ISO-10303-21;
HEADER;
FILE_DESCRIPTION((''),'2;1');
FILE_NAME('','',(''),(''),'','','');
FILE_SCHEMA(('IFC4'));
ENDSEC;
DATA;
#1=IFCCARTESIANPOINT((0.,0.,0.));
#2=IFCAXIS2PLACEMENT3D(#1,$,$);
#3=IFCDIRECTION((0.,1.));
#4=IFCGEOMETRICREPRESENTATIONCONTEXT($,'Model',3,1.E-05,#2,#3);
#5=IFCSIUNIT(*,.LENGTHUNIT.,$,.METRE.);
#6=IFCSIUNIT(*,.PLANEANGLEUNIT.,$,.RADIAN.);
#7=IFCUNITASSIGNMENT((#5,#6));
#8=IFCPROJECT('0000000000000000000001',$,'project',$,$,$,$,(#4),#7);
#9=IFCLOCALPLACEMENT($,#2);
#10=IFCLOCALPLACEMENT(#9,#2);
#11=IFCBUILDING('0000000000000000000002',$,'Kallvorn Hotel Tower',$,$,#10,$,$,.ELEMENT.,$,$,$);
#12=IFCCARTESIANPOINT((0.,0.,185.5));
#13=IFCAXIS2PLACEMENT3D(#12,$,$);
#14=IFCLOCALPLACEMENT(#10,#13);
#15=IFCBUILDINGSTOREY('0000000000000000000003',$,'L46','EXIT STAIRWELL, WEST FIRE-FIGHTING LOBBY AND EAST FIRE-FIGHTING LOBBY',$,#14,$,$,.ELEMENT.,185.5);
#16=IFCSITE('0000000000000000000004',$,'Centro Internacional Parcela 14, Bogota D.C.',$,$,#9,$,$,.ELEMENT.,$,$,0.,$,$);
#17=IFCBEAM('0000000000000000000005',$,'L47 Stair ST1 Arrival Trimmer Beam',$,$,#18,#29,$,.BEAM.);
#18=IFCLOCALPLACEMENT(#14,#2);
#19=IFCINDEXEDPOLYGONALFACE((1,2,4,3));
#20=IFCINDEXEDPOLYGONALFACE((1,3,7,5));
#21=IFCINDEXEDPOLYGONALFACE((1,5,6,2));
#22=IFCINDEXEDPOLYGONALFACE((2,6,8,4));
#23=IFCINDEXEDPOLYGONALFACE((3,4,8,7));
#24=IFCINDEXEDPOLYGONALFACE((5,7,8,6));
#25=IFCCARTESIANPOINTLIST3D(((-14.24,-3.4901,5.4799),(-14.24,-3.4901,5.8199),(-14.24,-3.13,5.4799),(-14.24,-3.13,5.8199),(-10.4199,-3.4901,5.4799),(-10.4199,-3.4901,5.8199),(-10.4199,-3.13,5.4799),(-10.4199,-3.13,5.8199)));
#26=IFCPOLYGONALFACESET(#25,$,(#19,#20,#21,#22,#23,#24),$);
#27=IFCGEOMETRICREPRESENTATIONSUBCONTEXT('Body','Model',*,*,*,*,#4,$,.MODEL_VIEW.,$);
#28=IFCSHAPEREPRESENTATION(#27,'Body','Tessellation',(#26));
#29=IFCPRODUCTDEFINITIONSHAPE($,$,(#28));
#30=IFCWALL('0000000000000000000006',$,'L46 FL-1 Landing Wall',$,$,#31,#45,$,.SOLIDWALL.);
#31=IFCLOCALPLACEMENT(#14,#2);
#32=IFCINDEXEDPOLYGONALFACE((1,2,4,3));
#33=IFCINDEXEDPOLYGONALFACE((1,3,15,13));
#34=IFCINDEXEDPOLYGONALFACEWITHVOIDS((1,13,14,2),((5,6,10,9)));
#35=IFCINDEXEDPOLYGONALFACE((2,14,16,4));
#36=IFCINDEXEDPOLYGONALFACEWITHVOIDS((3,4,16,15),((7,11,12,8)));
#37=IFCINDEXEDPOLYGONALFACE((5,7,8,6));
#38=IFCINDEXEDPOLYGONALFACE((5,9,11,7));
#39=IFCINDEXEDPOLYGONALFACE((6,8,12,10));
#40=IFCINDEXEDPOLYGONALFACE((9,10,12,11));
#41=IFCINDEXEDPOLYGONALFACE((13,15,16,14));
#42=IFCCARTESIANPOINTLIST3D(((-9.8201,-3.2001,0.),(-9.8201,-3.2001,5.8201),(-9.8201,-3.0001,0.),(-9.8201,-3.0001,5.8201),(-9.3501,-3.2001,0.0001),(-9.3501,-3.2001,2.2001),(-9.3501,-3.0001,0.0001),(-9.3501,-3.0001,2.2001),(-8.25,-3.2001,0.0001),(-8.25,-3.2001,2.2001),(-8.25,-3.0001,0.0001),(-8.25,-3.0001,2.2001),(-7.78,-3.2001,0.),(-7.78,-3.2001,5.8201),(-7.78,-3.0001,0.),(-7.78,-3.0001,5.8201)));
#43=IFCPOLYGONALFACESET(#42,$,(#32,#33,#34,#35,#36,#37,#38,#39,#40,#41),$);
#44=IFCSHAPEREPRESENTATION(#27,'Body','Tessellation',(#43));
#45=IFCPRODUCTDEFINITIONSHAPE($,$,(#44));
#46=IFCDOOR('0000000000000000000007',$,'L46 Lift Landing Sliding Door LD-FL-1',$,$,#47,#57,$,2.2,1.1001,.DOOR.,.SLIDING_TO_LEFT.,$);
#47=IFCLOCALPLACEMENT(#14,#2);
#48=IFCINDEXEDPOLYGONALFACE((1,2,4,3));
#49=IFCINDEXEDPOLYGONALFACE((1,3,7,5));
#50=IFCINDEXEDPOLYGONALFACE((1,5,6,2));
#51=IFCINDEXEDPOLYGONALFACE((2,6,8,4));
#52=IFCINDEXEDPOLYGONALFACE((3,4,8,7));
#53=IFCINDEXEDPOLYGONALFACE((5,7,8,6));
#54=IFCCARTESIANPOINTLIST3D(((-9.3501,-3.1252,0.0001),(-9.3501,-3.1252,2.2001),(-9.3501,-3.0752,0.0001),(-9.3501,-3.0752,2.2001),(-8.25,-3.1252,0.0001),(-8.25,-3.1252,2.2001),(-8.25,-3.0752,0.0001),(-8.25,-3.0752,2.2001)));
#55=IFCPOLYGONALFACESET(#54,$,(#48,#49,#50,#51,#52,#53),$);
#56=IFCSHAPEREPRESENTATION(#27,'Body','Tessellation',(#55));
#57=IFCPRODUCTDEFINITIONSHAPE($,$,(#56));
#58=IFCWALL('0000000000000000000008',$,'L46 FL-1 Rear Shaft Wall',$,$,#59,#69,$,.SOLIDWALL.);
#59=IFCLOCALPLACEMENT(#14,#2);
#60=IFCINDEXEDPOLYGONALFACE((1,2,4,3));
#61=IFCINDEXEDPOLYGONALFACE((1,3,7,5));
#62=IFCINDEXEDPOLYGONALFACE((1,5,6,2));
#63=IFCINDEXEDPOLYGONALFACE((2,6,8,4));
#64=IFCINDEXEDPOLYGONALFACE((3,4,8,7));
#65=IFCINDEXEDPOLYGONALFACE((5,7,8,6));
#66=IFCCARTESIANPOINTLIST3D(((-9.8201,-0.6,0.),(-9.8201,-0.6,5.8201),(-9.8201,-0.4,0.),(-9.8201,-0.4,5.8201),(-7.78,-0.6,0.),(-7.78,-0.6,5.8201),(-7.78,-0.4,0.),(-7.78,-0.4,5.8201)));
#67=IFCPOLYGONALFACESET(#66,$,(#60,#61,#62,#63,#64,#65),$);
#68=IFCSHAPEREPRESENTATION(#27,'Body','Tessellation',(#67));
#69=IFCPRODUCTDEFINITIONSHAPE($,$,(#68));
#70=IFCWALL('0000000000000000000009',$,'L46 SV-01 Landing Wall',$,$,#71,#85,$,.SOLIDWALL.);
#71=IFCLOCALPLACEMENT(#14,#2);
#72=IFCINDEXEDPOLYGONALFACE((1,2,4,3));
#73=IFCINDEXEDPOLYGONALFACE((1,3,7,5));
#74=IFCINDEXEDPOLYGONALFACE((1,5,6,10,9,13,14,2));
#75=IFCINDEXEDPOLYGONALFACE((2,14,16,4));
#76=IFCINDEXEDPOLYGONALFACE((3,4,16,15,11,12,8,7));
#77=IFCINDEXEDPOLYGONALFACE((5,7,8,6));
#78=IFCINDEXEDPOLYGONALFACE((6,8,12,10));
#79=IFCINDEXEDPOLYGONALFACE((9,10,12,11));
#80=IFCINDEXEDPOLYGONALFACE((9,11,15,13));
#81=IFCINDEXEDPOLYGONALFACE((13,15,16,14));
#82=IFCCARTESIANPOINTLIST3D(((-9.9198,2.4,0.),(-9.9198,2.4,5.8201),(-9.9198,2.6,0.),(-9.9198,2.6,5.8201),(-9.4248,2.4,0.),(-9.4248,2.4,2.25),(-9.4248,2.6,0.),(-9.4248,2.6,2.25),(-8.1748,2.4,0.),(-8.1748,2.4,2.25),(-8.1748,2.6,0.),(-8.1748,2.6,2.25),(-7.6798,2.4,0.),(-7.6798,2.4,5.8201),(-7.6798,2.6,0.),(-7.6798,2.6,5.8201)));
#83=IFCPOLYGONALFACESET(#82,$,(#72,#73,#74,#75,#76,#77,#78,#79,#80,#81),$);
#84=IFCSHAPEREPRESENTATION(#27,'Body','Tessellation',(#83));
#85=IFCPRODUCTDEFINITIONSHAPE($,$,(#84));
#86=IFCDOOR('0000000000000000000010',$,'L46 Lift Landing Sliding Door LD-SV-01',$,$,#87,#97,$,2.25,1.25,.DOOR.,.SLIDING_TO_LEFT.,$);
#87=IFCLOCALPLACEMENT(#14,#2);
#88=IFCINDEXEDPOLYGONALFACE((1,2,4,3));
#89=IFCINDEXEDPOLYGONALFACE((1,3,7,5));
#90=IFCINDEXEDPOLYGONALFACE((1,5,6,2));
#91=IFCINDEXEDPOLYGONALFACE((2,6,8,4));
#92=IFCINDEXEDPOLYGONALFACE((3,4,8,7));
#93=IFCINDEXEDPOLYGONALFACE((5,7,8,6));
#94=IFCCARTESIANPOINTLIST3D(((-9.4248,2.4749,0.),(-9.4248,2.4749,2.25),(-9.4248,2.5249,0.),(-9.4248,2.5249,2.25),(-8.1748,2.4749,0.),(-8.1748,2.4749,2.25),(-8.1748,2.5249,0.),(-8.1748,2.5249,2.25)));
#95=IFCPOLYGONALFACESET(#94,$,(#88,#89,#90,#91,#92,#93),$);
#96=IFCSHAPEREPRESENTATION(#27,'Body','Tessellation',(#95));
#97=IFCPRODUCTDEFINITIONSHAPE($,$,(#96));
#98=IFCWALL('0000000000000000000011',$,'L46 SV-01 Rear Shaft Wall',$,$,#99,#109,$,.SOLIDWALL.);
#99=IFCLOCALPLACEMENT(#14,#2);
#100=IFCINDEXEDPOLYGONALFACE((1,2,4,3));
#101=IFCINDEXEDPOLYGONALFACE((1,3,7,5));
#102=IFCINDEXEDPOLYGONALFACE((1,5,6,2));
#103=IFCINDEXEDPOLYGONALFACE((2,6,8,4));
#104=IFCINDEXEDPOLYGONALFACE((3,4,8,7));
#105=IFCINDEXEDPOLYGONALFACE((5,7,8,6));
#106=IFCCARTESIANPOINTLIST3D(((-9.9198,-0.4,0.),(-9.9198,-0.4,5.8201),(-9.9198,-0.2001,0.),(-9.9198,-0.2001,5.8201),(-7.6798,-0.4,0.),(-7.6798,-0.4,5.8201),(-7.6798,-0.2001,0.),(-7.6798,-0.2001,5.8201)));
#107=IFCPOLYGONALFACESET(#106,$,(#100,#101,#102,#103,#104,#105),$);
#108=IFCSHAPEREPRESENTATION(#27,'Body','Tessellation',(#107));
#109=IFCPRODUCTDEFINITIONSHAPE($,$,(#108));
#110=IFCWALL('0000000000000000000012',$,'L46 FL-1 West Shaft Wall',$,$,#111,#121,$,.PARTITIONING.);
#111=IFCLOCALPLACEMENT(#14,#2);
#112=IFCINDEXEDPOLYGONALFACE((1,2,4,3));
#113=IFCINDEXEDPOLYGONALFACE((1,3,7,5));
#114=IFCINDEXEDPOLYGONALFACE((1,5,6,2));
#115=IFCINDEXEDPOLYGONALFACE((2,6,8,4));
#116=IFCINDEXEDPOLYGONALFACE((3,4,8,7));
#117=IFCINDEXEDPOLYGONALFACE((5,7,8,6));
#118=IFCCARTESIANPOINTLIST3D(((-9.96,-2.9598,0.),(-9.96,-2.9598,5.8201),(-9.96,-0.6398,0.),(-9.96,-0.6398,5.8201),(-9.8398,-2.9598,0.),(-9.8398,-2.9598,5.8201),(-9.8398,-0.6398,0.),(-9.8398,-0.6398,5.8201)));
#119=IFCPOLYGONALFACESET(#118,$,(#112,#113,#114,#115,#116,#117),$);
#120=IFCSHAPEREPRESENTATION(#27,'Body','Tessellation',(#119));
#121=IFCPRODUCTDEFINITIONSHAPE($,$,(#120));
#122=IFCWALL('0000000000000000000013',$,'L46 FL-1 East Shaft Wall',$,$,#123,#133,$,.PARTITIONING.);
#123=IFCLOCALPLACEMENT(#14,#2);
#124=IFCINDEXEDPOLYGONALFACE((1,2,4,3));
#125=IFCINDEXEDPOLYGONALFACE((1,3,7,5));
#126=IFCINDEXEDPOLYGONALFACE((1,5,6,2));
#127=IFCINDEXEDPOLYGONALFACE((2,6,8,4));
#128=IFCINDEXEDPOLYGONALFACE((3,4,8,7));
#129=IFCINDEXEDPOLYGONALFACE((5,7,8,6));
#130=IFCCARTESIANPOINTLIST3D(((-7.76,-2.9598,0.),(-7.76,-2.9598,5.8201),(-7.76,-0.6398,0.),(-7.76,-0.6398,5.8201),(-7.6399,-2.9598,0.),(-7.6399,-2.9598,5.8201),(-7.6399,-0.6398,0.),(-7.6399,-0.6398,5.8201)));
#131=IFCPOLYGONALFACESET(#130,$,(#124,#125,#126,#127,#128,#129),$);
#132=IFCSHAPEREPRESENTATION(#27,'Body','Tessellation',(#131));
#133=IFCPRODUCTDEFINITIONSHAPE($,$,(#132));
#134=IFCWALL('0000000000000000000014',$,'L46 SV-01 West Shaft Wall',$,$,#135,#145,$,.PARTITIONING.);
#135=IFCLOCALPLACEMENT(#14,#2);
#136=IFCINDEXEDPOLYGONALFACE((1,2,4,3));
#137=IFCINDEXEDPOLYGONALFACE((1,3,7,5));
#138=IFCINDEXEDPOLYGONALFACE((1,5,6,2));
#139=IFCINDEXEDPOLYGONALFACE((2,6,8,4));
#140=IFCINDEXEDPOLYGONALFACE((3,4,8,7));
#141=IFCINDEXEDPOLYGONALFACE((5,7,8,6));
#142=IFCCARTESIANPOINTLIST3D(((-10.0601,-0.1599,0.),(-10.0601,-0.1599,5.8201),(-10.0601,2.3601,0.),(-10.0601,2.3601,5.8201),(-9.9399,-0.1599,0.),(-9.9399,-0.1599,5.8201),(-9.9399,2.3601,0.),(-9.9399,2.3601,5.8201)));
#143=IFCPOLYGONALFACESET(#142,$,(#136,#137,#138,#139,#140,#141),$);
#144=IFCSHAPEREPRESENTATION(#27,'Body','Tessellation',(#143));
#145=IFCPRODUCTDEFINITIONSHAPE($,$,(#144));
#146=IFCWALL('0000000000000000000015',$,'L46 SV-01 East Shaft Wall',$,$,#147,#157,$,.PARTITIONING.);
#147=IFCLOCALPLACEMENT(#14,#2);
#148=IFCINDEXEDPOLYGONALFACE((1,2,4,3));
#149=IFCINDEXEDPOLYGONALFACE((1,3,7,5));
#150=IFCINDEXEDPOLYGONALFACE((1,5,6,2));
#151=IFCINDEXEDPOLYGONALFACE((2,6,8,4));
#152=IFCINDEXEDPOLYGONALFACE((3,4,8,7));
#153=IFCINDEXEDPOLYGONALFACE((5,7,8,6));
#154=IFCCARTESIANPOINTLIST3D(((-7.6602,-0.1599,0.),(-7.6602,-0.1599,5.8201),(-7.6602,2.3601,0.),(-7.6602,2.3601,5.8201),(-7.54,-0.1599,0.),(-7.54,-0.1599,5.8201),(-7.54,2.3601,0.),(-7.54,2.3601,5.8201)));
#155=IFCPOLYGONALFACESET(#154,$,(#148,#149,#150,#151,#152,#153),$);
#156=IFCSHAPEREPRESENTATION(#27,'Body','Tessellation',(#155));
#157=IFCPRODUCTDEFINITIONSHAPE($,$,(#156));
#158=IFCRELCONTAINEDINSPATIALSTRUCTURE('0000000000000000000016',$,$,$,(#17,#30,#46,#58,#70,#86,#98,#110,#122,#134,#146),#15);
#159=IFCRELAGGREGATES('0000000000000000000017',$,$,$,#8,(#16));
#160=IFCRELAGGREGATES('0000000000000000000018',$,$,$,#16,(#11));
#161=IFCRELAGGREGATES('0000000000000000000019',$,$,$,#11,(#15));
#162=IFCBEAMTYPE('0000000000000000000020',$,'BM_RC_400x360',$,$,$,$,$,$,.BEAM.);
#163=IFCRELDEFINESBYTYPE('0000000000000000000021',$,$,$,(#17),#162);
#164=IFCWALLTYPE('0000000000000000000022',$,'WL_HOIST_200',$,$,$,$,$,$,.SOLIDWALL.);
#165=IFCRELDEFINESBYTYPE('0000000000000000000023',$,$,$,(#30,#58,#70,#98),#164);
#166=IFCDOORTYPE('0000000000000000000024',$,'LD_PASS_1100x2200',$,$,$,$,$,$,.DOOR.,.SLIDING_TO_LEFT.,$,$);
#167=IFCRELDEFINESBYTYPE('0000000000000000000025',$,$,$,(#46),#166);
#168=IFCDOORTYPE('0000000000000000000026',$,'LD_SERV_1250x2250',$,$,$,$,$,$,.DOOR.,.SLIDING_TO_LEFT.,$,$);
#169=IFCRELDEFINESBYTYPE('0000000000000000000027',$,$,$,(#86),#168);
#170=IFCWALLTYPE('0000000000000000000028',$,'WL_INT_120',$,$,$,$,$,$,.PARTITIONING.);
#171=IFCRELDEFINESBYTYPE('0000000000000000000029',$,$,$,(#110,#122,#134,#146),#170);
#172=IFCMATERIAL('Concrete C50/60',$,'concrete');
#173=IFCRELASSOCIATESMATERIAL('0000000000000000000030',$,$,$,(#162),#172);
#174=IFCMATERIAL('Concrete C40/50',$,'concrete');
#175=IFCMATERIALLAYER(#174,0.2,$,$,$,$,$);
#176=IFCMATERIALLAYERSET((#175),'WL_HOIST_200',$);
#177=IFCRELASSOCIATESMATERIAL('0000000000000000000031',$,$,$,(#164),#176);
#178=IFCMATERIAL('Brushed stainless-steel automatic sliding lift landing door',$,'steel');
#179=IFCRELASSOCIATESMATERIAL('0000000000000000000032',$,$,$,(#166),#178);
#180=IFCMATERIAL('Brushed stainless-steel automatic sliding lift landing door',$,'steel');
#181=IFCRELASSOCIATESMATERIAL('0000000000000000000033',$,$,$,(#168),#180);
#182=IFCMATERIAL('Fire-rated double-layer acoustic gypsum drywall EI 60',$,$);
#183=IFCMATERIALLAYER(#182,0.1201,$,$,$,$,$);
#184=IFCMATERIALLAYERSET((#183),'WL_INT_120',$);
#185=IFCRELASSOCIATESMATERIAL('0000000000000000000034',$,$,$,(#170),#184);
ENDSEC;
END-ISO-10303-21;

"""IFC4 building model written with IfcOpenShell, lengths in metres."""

from ifc_helpers import new_model, si_unit, direction, frame, frame_2d, origin, origin_2d, place, context, subcontext, project, spatial, rectangle, extrude, material, layer, layer_set, material_profile, profile_set, type_object, element, fill, save


model = new_model("IFC4")

# Units and contexts
model_context = context("Model", 3, precision=1e-05, world=origin(), true_north=direction((0.0, 1.0)))
body_context = subcontext(model_context, "Body", "Model", "MODEL_VIEW")
ifc_project = project(units=[si_unit("LENGTHUNIT", "METRE"), si_unit("PLANEANGLEUNIT", "RADIAN")], contexts=[model_context])

# Site, building, storey
site_placement = place(None, origin())
site = spatial("IfcSite", under=ifc_project, at=site_placement, Name="Centro Internacional Parcela 14, Bogota D.C.", CompositionType="ELEMENT", RefElevation=0.0)
building_placement = place(site_placement, origin())
building = spatial("IfcBuilding", under=site, at=building_placement, Name="Kallvorn Hotel Tower", CompositionType="ELEMENT")
storey_placement = place(building_placement, frame((0.0, 0.0, 185.5)))
storey = spatial("IfcBuildingStorey", under=building, at=storey_placement, Name="L46", Description="EXIT STAIRWELL, WEST FIRE-FIGHTING LOBBY AND EAST FIRE-FIGHTING LOBBY", CompositionType="ELEMENT", Elevation=185.5)

# Beam
ifc_material_1 = material(Name="Concrete C50/60", Category="concrete")
ifc_material_profile = material_profile(ifc_material_1, rectangle(XDim=0.3601, YDim=0.3401, at=origin_2d()), Name="RC 360x340")
ifc_profile_set = profile_set([ifc_material_profile], Name="Concrete C50/60")
beam_type = type_object("IfcBeamType", Name="BM_RC_400x360", PredefinedType="BEAM", material=ifc_profile_set)
beam_placement = place(storey_placement, frame((-10.4199, -3.3101, 5.6499), z_axis=(-1.0, 0.0, 0.0), x_axis=(0.0, -1.0, 0.0)))
element("IfcBeam", 1, at=beam_placement, inside=storey, type_object=beam_type, Name="L47 Stair ST1 Arrival Trimmer Beam", PredefinedType="BEAM", context=body_context, shape_type="SweptSolid", body=[
    extrude(rectangle(XDim=0.3601, YDim=0.3401, at=origin_2d()), origin(), (0.0, 0.0, 1.0), 3.8201),
])

# Wall, opening, door
ifc_material_2 = material(Name="Concrete C40/50", Category="concrete")
ifc_layer_1 = layer(ifc_material_2, 0.2)
ifc_layer_set_1 = layer_set([ifc_layer_1], Name="WL_HOIST_200")
wall_type_1 = type_object("IfcWallType", Name="WL_HOIST_200", PredefinedType="SOLIDWALL", material=ifc_layer_set_1)
wall_1_placement = place(storey_placement, frame((-9.8201, -3.1001, 0.0), z_axis=(0.0, 0.0, 1.0), x_axis=(1.0, 0.0, 0.0)))
wall_1 = element("IfcWall", 2, at=wall_1_placement, inside=storey, type_object=wall_type_1, Name="L46 FL-1 Landing Wall", PredefinedType="SOLIDWALL", context=body_context, shape_type="SweptSolid", body=[
    extrude(rectangle(XDim=2.04, YDim=0.2, at=frame_2d((1.02, 0.0))), origin(), (0.0, 0.0, 1.0), 5.8201),
])
opening_1_placement = place(wall_1_placement, frame((0.47, 0.0, 0.0)))
opening_1 = element("IfcOpeningElement", 3, at=opening_1_placement, cuts=wall_1, PredefinedType="OPENING", context=body_context, shape_type="SweptSolid", body=[
    extrude(rectangle(XDim=1.1001, YDim=2.2, at=frame_2d((0.55, 1.1001))), frame((0.0, 0.115, 0.0), z_axis=(0.0, -1.0, 0.0), x_axis=(1.0, 0.0, 0.0)), (0.0, 0.0, 1.0), 0.23),
])
ifc_material_3 = material(Name="Brushed stainless-steel automatic sliding lift landing door", Category="steel")
door_type_1 = type_object("IfcDoorType", Name="LD_PASS_1100x2200", OperationType="SLIDING_TO_LEFT", PredefinedType="DOOR", material=ifc_material_3)
door_1_placement = place(opening_1_placement, origin())
door_1 = element("IfcDoor", 4, at=door_1_placement, inside=storey, type_object=door_type_1, Name="L46 Lift Landing Sliding Door LD-FL-1", OperationType="SLIDING_TO_LEFT", OverallHeight=2.2, OverallWidth=1.1001, PredefinedType="DOOR", context=body_context, shape_type="SweptSolid", body=[
    extrude(rectangle(XDim=1.1001, YDim=2.2, at=frame_2d((0.55, 1.1001))), frame((0.0, 0.0249, 0.0), z_axis=(0.0, -1.0, 0.0), x_axis=(1.0, 0.0, 0.0)), (0.0, 0.0, 1.0), 0.05),
])
fill(opening_1, door_1)

# Wall
wall_2_placement = place(storey_placement, frame((-9.8201, -0.5, 0.0), z_axis=(0.0, 0.0, 1.0), x_axis=(1.0, 0.0, 0.0)))
element("IfcWall", 5, at=wall_2_placement, inside=storey, type_object=wall_type_1, Name="L46 FL-1 Rear Shaft Wall", PredefinedType="SOLIDWALL", context=body_context, shape_type="SweptSolid", body=[
    extrude(rectangle(XDim=2.04, YDim=0.2, at=frame_2d((1.02, 0.0))), origin(), (0.0, 0.0, 1.0), 5.8201),
])

# Wall, opening, door
wall_3_placement = place(storey_placement, frame((-9.9199, 2.5, 0.0), z_axis=(0.0, 0.0, 1.0), x_axis=(1.0, 0.0, 0.0)))
wall_3 = element("IfcWall", 6, at=wall_3_placement, inside=storey, type_object=wall_type_1, Name="L46 SV-01 Landing Wall", PredefinedType="SOLIDWALL", context=body_context, shape_type="SweptSolid", body=[
    extrude(rectangle(XDim=2.24, YDim=0.2, at=frame_2d((1.1201, 0.0))), origin(), (0.0, 0.0, 1.0), 5.8201),
])
opening_2_placement = place(wall_3_placement, frame((0.4951, 0.0, 0.0)))
opening_2 = element("IfcOpeningElement", 7, at=opening_2_placement, cuts=wall_3, PredefinedType="OPENING", context=body_context, shape_type="SweptSolid", body=[
    extrude(rectangle(XDim=1.25, YDim=2.25, at=frame_2d((0.625, 1.125))), frame((0.0, 0.115, 0.0), z_axis=(0.0, -1.0, 0.0), x_axis=(1.0, 0.0, 0.0)), (0.0, 0.0, 1.0), 0.23),
])
ifc_material_4 = material(Name="Brushed stainless-steel automatic sliding lift landing door", Category="steel")
door_type_2 = type_object("IfcDoorType", Name="LD_SERV_1250x2250", OperationType="SLIDING_TO_LEFT", PredefinedType="DOOR", material=ifc_material_4)
door_2_placement = place(opening_2_placement, origin())
door_2 = element("IfcDoor", 8, at=door_2_placement, inside=storey, type_object=door_type_2, Name="L46 Lift Landing Sliding Door LD-SV-01", OperationType="SLIDING_TO_LEFT", OverallHeight=2.25, OverallWidth=1.25, PredefinedType="DOOR", context=body_context, shape_type="SweptSolid", body=[
    extrude(rectangle(XDim=1.25, YDim=2.25, at=frame_2d((0.625, 1.125))), frame((0.0, 0.0249, 0.0), z_axis=(0.0, -1.0, 0.0), x_axis=(1.0, 0.0, 0.0)), (0.0, 0.0, 1.0), 0.05),
])
fill(opening_2, door_2)

# Walls
wall_4_placement = place(storey_placement, frame((-9.9199, -0.3, 0.0), z_axis=(0.0, 0.0, 1.0), x_axis=(1.0, 0.0, 0.0)))
element("IfcWall", 9, at=wall_4_placement, inside=storey, type_object=wall_type_1, Name="L46 SV-01 Rear Shaft Wall", PredefinedType="SOLIDWALL", context=body_context, shape_type="SweptSolid", body=[
    extrude(rectangle(XDim=2.24, YDim=0.2, at=frame_2d((1.1201, 0.0))), origin(), (0.0, 0.0, 1.0), 5.8201),
])
ifc_material_5 = material(Name="Fire-rated double-layer acoustic gypsum drywall EI 60")
ifc_layer_2 = layer(ifc_material_5, 0.1201)
ifc_layer_set_2 = layer_set([ifc_layer_2], Name="WL_INT_120")
wall_type_2 = type_object("IfcWallType", Name="WL_INT_120", PredefinedType="PARTITIONING", material=ifc_layer_set_2)
for number, where, z_axis, x_axis, name in (
    (10, (-9.8999, -2.96, 0.0), (0.0, 0.0, 1.0), (0.0, 1.0, 0.0), "L46 FL-1 West Shaft Wall"),
    (11, (-7.7, -2.96, 0.0), (0.0, 0.0, 1.0), (0.0, 1.0, 0.0), "L46 FL-1 East Shaft Wall"),
):
    element("IfcWall", number, at=place(storey_placement, frame(where, z_axis=z_axis, x_axis=x_axis)), inside=storey, type_object=wall_type_2, Name=name, PredefinedType="PARTITIONING", context=body_context, shape_type="SweptSolid", body=[
        extrude(rectangle(XDim=2.3201, YDim=0.1201, at=frame_2d((1.1602, 0.0))), origin(), (0.0, 0.0, 1.0), 5.8201),
    ])
for number, where, z_axis, x_axis, name in (
    (12, (-10.0, -0.1599, 0.0), (0.0, 0.0, 1.0), (0.0, 1.0, 0.0), "L46 SV-01 West Shaft Wall"),
    (13, (-7.6001, -0.1599, 0.0), (0.0, 0.0, 1.0), (0.0, 1.0, 0.0), "L46 SV-01 East Shaft Wall"),
):
    element("IfcWall", number, at=place(storey_placement, frame(where, z_axis=z_axis, x_axis=x_axis)), inside=storey, type_object=wall_type_2, Name=name, PredefinedType="PARTITIONING", context=body_context, shape_type="SweptSolid", body=[
        extrude(rectangle(XDim=2.52, YDim=0.1201, at=frame_2d((1.26, 0.0))), origin(), (0.0, 0.0, 1.0), 5.8201),
    ])

save(model, "model.ifc")
